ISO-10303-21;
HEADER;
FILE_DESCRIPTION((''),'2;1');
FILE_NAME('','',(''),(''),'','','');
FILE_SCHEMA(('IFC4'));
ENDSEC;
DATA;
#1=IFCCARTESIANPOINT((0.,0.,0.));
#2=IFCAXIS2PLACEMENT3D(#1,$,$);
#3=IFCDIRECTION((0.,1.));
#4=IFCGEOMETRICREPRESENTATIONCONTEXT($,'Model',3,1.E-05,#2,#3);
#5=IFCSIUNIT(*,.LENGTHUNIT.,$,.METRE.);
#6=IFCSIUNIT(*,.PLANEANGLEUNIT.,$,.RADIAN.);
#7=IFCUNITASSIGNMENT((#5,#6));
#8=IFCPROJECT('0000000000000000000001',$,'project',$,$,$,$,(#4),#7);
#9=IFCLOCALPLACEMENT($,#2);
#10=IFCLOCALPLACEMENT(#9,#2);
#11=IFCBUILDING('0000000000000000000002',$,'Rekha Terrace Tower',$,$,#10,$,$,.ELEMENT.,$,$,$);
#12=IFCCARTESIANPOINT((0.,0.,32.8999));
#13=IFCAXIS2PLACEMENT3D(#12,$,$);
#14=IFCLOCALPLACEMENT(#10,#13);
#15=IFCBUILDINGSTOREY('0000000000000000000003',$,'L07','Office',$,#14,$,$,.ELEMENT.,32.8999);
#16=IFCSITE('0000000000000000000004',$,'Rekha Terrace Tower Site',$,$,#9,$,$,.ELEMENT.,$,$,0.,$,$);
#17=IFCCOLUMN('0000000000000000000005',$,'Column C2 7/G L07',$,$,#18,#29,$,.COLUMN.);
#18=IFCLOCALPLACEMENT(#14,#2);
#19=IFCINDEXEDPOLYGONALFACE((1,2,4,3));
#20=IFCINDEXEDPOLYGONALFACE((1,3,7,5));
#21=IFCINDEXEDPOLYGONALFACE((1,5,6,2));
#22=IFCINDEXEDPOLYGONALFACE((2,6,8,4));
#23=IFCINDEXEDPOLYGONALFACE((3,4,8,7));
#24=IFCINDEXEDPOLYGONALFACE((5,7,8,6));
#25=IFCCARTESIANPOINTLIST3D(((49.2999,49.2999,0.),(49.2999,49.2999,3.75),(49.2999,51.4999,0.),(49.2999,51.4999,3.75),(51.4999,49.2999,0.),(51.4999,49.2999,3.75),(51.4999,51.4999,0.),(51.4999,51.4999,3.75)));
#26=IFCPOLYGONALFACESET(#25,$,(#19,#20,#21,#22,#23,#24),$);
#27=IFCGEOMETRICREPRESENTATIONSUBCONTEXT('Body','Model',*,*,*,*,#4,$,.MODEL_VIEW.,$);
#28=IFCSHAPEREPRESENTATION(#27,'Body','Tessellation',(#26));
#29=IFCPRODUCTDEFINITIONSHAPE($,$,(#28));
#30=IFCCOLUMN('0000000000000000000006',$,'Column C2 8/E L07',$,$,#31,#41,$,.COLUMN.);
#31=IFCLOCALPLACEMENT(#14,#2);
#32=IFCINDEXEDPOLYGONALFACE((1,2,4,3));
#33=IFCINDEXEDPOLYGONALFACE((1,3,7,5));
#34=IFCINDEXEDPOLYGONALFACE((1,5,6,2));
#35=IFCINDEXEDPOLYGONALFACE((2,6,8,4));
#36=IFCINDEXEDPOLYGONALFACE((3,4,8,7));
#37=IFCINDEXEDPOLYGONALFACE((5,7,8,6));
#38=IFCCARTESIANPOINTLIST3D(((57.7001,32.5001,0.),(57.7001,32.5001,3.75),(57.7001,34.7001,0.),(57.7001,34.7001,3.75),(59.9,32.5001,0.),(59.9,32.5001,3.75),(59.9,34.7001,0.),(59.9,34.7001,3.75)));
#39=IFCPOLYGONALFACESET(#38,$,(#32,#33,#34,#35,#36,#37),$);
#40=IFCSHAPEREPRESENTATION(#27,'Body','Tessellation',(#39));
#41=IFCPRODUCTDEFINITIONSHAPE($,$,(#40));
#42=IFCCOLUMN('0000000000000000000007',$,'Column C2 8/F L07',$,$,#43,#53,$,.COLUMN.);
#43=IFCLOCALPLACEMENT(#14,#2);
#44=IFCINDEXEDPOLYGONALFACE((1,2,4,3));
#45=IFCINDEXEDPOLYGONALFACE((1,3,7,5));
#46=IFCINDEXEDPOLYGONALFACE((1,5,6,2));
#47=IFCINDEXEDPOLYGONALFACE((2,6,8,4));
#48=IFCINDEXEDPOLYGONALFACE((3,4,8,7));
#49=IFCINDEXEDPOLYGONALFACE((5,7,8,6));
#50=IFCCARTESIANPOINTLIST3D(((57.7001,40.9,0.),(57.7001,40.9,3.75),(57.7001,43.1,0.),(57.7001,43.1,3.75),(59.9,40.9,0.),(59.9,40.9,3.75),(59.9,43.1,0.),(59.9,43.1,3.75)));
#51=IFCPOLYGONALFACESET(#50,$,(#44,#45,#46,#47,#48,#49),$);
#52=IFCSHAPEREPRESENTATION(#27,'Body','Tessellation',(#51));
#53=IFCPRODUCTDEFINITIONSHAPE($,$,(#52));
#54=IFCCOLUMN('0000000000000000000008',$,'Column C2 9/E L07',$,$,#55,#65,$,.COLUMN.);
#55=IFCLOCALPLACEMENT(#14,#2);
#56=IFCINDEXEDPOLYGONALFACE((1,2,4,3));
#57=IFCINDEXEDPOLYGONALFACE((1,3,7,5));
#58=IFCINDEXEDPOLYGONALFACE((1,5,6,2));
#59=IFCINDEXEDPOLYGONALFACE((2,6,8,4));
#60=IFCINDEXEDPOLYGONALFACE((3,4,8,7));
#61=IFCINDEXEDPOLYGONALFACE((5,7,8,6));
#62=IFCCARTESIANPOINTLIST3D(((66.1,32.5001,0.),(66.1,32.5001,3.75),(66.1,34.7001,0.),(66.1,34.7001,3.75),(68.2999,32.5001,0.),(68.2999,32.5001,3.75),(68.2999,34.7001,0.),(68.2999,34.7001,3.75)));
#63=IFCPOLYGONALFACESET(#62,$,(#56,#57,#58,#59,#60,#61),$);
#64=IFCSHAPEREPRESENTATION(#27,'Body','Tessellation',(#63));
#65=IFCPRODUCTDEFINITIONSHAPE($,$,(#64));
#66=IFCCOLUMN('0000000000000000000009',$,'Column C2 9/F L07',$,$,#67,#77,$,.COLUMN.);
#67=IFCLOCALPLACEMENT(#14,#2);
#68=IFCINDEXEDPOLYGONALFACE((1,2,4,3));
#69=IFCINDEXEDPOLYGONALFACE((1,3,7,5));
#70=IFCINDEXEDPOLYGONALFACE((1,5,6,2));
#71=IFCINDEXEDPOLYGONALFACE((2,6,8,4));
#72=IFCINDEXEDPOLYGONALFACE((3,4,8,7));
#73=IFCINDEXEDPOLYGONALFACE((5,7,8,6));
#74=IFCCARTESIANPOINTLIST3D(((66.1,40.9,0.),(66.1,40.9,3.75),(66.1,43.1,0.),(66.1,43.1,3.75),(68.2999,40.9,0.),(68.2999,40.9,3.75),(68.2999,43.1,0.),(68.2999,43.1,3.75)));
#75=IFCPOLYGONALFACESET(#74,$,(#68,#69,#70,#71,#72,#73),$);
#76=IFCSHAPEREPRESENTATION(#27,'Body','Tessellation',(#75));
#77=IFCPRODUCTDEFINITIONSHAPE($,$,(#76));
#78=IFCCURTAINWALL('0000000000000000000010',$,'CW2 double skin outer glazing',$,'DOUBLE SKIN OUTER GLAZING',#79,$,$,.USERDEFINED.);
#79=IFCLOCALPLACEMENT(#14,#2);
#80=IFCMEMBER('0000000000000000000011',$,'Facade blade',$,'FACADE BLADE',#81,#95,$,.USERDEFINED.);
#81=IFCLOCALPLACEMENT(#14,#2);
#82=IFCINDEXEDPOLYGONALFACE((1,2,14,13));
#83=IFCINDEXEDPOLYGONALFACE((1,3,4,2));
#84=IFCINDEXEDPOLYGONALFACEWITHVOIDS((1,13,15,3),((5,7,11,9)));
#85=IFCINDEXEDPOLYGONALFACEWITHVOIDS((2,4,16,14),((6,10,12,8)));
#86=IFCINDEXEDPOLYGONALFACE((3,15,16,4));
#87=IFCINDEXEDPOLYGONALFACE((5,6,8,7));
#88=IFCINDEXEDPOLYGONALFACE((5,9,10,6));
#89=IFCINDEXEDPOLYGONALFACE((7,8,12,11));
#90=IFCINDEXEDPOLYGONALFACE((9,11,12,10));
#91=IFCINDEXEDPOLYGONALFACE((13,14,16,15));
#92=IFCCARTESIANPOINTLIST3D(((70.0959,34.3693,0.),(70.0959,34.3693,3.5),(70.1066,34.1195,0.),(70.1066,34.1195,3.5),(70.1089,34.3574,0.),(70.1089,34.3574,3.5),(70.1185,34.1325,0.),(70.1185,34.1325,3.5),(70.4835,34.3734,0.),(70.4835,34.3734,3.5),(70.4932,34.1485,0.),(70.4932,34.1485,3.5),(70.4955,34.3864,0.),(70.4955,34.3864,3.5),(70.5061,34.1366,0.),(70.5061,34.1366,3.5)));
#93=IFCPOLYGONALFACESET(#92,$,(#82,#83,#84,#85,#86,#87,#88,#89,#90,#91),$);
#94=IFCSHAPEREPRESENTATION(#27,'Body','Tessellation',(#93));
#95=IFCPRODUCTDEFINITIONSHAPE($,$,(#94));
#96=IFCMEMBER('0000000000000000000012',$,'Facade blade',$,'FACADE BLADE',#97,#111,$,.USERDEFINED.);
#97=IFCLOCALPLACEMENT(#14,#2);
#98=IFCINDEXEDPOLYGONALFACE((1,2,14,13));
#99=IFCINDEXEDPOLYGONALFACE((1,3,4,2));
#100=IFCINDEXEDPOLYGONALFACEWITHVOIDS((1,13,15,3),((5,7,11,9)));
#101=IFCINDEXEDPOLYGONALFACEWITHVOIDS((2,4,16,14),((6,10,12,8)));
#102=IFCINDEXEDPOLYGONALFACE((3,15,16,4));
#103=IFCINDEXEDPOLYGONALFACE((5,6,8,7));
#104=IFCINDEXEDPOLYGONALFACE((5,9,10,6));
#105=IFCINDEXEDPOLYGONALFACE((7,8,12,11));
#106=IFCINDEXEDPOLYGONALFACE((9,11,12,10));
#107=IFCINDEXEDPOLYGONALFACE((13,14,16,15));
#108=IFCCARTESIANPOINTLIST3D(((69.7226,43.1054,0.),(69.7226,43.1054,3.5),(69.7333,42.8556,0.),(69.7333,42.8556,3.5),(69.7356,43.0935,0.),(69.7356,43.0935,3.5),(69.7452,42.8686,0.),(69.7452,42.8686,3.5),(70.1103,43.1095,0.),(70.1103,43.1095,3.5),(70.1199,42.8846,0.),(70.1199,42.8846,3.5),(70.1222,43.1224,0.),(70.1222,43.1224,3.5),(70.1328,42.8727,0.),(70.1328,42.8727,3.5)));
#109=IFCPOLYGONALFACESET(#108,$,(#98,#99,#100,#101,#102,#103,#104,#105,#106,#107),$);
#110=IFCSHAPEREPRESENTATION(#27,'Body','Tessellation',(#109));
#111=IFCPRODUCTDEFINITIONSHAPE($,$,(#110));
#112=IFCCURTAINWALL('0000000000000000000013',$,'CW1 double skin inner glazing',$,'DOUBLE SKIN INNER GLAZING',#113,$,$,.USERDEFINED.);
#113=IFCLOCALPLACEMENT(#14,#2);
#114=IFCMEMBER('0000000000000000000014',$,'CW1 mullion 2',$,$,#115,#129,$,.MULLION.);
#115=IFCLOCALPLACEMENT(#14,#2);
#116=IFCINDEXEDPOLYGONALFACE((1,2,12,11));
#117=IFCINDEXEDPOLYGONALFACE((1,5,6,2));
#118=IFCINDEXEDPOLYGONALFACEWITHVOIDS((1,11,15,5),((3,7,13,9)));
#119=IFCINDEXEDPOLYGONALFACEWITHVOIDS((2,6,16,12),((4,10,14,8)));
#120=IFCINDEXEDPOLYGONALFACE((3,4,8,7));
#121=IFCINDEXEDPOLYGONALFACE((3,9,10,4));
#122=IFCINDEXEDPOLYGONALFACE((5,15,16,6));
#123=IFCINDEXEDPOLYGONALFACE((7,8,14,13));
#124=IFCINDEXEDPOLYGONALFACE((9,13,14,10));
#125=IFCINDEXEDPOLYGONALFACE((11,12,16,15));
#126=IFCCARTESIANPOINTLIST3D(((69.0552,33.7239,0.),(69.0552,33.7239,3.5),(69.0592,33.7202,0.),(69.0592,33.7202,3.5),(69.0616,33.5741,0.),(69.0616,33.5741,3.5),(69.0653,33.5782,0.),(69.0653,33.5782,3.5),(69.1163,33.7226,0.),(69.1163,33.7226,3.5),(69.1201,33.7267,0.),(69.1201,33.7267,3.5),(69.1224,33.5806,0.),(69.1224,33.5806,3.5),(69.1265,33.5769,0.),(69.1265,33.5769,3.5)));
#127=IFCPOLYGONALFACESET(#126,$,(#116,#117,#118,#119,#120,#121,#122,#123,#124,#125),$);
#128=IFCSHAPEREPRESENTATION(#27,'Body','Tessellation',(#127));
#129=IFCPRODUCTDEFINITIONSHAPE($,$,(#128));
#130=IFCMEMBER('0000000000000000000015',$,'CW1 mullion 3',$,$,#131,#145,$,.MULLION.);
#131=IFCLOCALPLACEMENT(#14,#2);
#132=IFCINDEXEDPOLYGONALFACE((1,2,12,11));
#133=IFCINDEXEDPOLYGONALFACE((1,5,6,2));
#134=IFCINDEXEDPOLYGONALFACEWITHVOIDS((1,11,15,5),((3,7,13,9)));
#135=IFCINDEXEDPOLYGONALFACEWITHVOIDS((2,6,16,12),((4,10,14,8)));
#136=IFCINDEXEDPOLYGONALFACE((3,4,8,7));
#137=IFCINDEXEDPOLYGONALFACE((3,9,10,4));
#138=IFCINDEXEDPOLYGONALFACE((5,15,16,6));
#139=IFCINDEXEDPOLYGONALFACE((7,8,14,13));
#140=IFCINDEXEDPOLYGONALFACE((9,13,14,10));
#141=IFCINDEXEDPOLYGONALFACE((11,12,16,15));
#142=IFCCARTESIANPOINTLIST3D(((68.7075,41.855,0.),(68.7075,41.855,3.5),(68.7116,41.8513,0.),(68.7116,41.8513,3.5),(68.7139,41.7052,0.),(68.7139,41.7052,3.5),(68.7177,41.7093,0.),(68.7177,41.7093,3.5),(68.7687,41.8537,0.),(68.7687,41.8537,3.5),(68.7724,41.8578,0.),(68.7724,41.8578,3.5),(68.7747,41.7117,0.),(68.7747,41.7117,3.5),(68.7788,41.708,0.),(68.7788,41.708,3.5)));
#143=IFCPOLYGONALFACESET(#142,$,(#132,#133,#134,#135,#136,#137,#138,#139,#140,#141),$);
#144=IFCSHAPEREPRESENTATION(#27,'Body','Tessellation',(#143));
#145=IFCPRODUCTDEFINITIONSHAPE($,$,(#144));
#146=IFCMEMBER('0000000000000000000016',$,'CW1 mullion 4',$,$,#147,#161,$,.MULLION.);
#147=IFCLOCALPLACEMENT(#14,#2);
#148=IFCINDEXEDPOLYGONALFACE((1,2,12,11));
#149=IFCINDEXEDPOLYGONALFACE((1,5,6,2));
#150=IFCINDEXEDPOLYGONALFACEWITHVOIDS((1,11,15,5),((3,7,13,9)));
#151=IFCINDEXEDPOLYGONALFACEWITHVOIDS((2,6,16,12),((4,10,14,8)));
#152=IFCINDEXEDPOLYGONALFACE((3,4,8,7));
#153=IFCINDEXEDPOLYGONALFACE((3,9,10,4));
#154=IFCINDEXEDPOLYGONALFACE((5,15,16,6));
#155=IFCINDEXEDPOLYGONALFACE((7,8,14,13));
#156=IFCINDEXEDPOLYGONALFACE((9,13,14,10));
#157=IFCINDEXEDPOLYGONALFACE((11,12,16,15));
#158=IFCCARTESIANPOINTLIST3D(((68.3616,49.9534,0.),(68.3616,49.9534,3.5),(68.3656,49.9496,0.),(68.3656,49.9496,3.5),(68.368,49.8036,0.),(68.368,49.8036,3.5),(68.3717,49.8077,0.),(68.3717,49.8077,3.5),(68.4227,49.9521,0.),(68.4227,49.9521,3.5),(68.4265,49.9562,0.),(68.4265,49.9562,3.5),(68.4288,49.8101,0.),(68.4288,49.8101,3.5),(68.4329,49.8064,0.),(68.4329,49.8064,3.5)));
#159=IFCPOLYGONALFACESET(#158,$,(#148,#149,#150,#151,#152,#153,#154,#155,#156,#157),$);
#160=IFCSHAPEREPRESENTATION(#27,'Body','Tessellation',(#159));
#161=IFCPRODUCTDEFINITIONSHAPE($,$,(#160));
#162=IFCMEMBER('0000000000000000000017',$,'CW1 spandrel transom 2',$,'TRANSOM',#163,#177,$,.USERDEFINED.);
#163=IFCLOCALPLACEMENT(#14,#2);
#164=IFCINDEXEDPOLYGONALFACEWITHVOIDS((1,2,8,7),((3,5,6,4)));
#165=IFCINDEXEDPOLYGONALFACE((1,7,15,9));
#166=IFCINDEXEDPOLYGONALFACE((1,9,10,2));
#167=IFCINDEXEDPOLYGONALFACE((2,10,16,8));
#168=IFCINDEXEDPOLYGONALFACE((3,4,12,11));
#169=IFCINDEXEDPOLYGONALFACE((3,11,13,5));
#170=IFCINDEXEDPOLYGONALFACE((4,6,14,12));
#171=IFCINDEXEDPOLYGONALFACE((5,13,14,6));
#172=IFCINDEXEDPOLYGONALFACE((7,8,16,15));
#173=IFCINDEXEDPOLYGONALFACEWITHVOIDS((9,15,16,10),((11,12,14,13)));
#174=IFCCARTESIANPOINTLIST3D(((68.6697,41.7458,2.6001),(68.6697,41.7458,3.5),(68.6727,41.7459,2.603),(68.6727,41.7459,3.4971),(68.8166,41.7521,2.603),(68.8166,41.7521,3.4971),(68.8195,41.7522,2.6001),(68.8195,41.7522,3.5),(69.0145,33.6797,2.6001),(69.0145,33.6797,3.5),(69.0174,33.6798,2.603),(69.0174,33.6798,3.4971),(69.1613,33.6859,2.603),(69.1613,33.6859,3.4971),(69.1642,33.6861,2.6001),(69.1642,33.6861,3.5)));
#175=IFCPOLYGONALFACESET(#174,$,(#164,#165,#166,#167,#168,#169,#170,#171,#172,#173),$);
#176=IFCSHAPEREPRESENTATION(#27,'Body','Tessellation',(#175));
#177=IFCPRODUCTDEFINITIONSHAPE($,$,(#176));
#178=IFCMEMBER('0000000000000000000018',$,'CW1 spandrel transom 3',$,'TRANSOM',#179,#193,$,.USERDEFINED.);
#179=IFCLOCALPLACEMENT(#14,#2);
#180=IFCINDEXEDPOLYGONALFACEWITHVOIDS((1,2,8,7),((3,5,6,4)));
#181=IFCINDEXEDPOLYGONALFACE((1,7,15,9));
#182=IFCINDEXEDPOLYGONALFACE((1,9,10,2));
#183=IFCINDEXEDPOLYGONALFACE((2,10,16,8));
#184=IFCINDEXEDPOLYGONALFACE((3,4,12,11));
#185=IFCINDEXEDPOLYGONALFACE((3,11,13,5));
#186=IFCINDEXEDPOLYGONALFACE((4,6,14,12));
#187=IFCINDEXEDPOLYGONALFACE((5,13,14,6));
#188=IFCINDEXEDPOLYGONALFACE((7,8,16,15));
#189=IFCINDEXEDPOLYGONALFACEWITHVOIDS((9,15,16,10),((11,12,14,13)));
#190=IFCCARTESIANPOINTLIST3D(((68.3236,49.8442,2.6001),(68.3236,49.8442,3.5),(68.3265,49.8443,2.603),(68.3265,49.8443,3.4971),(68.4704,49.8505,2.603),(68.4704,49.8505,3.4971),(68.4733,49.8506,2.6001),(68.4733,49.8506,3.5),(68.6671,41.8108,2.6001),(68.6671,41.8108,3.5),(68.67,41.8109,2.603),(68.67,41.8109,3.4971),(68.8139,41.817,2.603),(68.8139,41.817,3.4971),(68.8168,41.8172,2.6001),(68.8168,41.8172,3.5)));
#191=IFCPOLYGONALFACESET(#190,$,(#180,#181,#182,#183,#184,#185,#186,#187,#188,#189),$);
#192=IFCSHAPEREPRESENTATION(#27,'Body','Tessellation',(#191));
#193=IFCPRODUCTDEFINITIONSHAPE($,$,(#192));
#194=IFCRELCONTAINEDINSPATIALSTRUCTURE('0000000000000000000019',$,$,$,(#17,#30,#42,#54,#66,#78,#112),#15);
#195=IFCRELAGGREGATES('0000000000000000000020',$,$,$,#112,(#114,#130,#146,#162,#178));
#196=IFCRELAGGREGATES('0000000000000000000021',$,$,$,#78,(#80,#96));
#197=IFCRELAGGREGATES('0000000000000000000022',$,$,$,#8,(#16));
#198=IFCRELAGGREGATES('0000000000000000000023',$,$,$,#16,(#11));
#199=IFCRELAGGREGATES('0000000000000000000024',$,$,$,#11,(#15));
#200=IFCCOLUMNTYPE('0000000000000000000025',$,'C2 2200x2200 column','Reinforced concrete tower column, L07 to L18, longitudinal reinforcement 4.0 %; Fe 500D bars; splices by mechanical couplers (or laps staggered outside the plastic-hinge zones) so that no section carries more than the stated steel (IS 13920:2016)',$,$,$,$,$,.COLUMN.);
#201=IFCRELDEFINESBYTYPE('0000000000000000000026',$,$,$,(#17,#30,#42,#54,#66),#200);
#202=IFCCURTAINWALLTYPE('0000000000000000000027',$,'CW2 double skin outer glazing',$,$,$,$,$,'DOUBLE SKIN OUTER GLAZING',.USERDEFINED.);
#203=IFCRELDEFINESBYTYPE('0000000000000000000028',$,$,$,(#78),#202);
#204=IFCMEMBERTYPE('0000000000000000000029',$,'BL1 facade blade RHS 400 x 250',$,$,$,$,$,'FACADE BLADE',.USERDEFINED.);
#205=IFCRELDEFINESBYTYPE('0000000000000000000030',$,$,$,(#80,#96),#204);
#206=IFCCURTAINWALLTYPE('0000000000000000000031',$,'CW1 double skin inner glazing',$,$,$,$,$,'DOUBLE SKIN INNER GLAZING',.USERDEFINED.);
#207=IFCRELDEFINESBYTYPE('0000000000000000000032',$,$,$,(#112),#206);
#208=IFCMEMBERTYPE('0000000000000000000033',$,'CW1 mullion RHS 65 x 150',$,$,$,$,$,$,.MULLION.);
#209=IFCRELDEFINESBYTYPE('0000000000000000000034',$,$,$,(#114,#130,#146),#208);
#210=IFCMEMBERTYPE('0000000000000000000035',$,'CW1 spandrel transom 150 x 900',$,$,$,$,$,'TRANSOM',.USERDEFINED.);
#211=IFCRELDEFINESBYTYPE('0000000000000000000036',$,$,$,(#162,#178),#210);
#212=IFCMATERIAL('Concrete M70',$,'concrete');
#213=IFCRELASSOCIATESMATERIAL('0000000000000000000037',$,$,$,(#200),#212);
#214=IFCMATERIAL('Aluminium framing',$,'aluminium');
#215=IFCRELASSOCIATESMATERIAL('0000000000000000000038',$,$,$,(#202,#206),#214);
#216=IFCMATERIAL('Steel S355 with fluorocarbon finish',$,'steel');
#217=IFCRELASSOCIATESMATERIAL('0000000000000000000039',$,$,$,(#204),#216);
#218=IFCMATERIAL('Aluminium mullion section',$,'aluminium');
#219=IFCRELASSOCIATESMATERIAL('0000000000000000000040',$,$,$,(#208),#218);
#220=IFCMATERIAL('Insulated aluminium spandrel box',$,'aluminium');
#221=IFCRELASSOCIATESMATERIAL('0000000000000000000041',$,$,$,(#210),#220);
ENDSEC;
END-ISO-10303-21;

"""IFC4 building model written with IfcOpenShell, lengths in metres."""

from ifc_helpers import new_model, si_unit, direction, frame, origin, origin_2d, place, context, subcontext, project, spatial, rectangle, hollow_rectangle, extrude, material, material_profile, profile_set, type_object, element, aggregate, save


model = new_model("IFC4")

# Units and contexts
model_context = context("Model", 3, precision=1e-05, world=origin(), true_north=direction((0.0, 1.0)))
body_context = subcontext(model_context, "Body", "Model", "MODEL_VIEW")
ifc_project = project(units=[si_unit("LENGTHUNIT", "METRE"), si_unit("PLANEANGLEUNIT", "RADIAN")], contexts=[model_context])

# Site, building, storey
site_placement = place(None, origin())
site = spatial("IfcSite", under=ifc_project, at=site_placement, Name="Rekha Terrace Tower Site", CompositionType="ELEMENT", RefElevation=0.0)
building_placement = place(site_placement, origin())
building = spatial("IfcBuilding", under=site, at=building_placement, Name="Rekha Terrace Tower", CompositionType="ELEMENT")
storey_placement = place(building_placement, frame((0.0, 0.0, 32.8999)))
storey = spatial("IfcBuildingStorey", under=building, at=storey_placement, Name="L07", Description="Office", CompositionType="ELEMENT", Elevation=32.8999)

# Columns
ifc_material_1 = material(Name="Concrete M70", Category="concrete")
ifc_material_profile_1 = material_profile(ifc_material_1, rectangle(XDim=2.2, YDim=2.2, at=origin_2d()), Name="RC 2200x2200")
ifc_profile_set_1 = profile_set([ifc_material_profile_1], Name="Concrete M70")
column_type = type_object("IfcColumnType", Name="C2 2200x2200 column", Description="Reinforced concrete tower column, L07 to L18, longitudinal reinforcement 4.0 %; Fe 500D bars; splices by mechanical couplers (or laps staggered outside the plastic-hinge zones) so that no section carries more than the stated steel (IS 13920:2016)", PredefinedType="COLUMN", material=ifc_profile_set_1)
for number, where, z_axis, x_axis, name in (
    (1, (50.3999, 50.3999, 0.0), (0.0, 0.0, 1.0), (1.0, 0.0, 0.0), "Column C2 7/G L07"),
    (2, (58.8, 33.6001, 0.0), (0.0, 0.0, 1.0), (1.0, 0.0, 0.0), "Column C2 8/E L07"),
    (3, (58.8, 42.0, 0.0), (0.0, 0.0, 1.0), (1.0, 0.0, 0.0), "Column C2 8/F L07"),
    (4, (67.2, 33.6001, 0.0), (0.0, 0.0, 1.0), (1.0, 0.0, 0.0), "Column C2 9/E L07"),
    (5, (67.2, 42.0, 0.0), (0.0, 0.0, 1.0), (1.0, 0.0, 0.0), "Column C2 9/F L07"),
):
    element("IfcColumn", number, at=place(storey_placement, frame(where, z_axis=z_axis, x_axis=x_axis)), inside=storey, type_object=column_type, Name=name, PredefinedType="COLUMN", context=body_context, shape_type="SweptSolid", body=[
        extrude(rectangle(XDim=2.2, YDim=2.2, at=origin_2d()), origin(), (0.0, 0.0, 1.0), 3.75),
    ])

# Curtain walls, members
ifc_material_2 = material(Name="Aluminium framing", Category="aluminium")
curtain_wall_type_1 = type_object("IfcCurtainWallType", Name="CW2 double skin outer glazing", ElementType="DOUBLE SKIN OUTER GLAZING", PredefinedType="USERDEFINED", material=ifc_material_2)
curtain_wall_1_placement = place(storey_placement, origin())
curtain_wall_1 = element("IfcCurtainWall", 6, at=curtain_wall_1_placement, inside=storey, type_object=curtain_wall_type_1, Name="CW2 double skin outer glazing", ObjectType="DOUBLE SKIN OUTER GLAZING", PredefinedType="USERDEFINED")
ifc_material_3 = material(Name="Steel S355 with fluorocarbon finish", Category="steel")
ifc_material_profile_2 = material_profile(ifc_material_3, hollow_rectangle(XDim=0.25, YDim=0.3999, WallThickness=0.0125, at=origin_2d()), Name="RHS400x250x12.5")
ifc_profile_set_2 = profile_set([ifc_material_profile_2], Name="Steel S355 with fluorocarbon finish")
member_type_1 = type_object("IfcMemberType", Name="BL1 facade blade RHS 400 x 250", ElementType="FACADE BLADE", PredefinedType="USERDEFINED", material=ifc_profile_set_2)
member_1_placement = place(storey_placement, frame((70.301, 34.2529, 0.0), z_axis=(0.0, 0.0, 1.0), x_axis=(-0.042695, 0.999088, 0.0)))
member_1 = element("IfcMember", 7, at=member_1_placement, type_object=member_type_1, Name="Facade blade", ObjectType="FACADE BLADE", PredefinedType="USERDEFINED", context=body_context, shape_type="SweptSolid", body=[
    extrude(hollow_rectangle(XDim=0.25, YDim=0.3999, WallThickness=0.0125, at=origin_2d()), origin(), (0.0, 0.0, 1.0), 3.5),
])
member_2_placement = place(storey_placement, frame((69.9277, 42.989, 0.0), z_axis=(0.0, 0.0, 1.0), x_axis=(-0.042695, 0.999088, 0.0)))
member_2 = element("IfcMember", 8, at=member_2_placement, type_object=member_type_1, Name="Facade blade", ObjectType="FACADE BLADE", PredefinedType="USERDEFINED", context=body_context, shape_type="SweptSolid", body=[
    extrude(hollow_rectangle(XDim=0.25, YDim=0.3999, WallThickness=0.0125, at=origin_2d()), origin(), (0.0, 0.0, 1.0), 3.5),
])
curtain_wall_type_2 = type_object("IfcCurtainWallType", Name="CW1 double skin inner glazing", ElementType="DOUBLE SKIN INNER GLAZING", PredefinedType="USERDEFINED", material=ifc_material_2)
curtain_wall_2_placement = place(storey_placement, origin())
curtain_wall_2 = element("IfcCurtainWall", 9, at=curtain_wall_2_placement, inside=storey, type_object=curtain_wall_type_2, Name="CW1 double skin inner glazing", ObjectType="DOUBLE SKIN INNER GLAZING", PredefinedType="USERDEFINED")
ifc_material_4 = material(Name="Aluminium mullion section", Category="aluminium")
ifc_material_profile_3 = material_profile(ifc_material_4, hollow_rectangle(XDim=0.0649, YDim=0.1499, WallThickness=0.0039, at=origin_2d()), Name="AL RHS 65x150")
ifc_profile_set_3 = profile_set([ifc_material_profile_3], Name="Aluminium mullion section")
member_type_2 = type_object("IfcMemberType", Name="CW1 mullion RHS 65 x 150", PredefinedType="MULLION", material=ifc_profile_set_3)
member_3_placement = place(storey_placement, frame((69.0908, 33.6504, 0.0), z_axis=(0.0, 0.0, 1.0), x_axis=(-0.999088, -0.042696, 0.0)))
member_3 = element("IfcMember", 10, at=member_3_placement, type_object=member_type_2, Name="CW1 mullion 2", PredefinedType="MULLION", context=body_context, shape_type="SweptSolid", body=[
    extrude(hollow_rectangle(XDim=0.0649, YDim=0.1499, WallThickness=0.0039, at=origin_2d()), origin(), (0.0, 0.0, 1.0), 3.5),
])
member_4_placement = place(storey_placement, frame((68.7432, 41.7815, 0.0), z_axis=(0.0, 0.0, 1.0), x_axis=(-0.999088, -0.042696, 0.0)))
member_4 = element("IfcMember", 11, at=member_4_placement, type_object=member_type_2, Name="CW1 mullion 3", PredefinedType="MULLION", context=body_context, shape_type="SweptSolid", body=[
    extrude(hollow_rectangle(XDim=0.0649, YDim=0.1499, WallThickness=0.0039, at=origin_2d()), origin(), (0.0, 0.0, 1.0), 3.5),
])
member_5_placement = place(storey_placement, frame((68.3972, 49.8799, 0.0), z_axis=(0.0, 0.0, 1.0), x_axis=(-0.999088, -0.042696, 0.0)))
member_5 = element("IfcMember", 12, at=member_5_placement, type_object=member_type_2, Name="CW1 mullion 4", PredefinedType="MULLION", context=body_context, shape_type="SweptSolid", body=[
    extrude(hollow_rectangle(XDim=0.0649, YDim=0.1499, WallThickness=0.0039, at=origin_2d()), origin(), (0.0, 0.0, 1.0), 3.5),
])
ifc_material_5 = material(Name="Insulated aluminium spandrel box", Category="aluminium")
ifc_material_profile_4 = material_profile(ifc_material_5, hollow_rectangle(XDim=0.1499, YDim=0.8999, WallThickness=0.0029, at=origin_2d()), Name="AL SPANDREL BOX 150x900")
ifc_profile_set_4 = profile_set([ifc_material_profile_4], Name="Insulated aluminium spandrel box")
member_type_3 = type_object("IfcMemberType", Name="CW1 spandrel transom 150 x 900", ElementType="TRANSOM", PredefinedType="USERDEFINED", material=ifc_profile_set_4)
member_6_placement = place(storey_placement, frame((69.0894, 33.6829, 3.05), z_axis=(-0.042698, 0.999088, 0.0), x_axis=(-0.999088, -0.042698, 0.0)))
member_6 = element("IfcMember", 13, at=member_6_placement, type_object=member_type_3, Name="CW1 spandrel transom 2", ObjectType="TRANSOM", PredefinedType="USERDEFINED", context=body_context, shape_type="SweptSolid", body=[
    extrude(hollow_rectangle(XDim=0.1499, YDim=0.8999, WallThickness=0.0029, at=origin_2d()), origin(), (0.0, 0.0, 1.0), 8.0735),
])
member_7_placement = place(storey_placement, frame((68.7419, 41.814, 3.05), z_axis=(-0.04272, 0.999087, 0.0), x_axis=(-0.999087, -0.04272, 0.0)))
member_7 = element("IfcMember", 14, at=member_7_placement, type_object=member_type_3, Name="CW1 spandrel transom 3", ObjectType="TRANSOM", PredefinedType="USERDEFINED", context=body_context, shape_type="SweptSolid", body=[
    extrude(hollow_rectangle(XDim=0.1499, YDim=0.8999, WallThickness=0.0029, at=origin_2d()), origin(), (0.0, 0.0, 1.0), 8.0408),
])

aggregate(curtain_wall_2, [member_3, member_4, member_5, member_6, member_7])
aggregate(curtain_wall_1, [member_1, member_2])

save(model, "model.ifc")
